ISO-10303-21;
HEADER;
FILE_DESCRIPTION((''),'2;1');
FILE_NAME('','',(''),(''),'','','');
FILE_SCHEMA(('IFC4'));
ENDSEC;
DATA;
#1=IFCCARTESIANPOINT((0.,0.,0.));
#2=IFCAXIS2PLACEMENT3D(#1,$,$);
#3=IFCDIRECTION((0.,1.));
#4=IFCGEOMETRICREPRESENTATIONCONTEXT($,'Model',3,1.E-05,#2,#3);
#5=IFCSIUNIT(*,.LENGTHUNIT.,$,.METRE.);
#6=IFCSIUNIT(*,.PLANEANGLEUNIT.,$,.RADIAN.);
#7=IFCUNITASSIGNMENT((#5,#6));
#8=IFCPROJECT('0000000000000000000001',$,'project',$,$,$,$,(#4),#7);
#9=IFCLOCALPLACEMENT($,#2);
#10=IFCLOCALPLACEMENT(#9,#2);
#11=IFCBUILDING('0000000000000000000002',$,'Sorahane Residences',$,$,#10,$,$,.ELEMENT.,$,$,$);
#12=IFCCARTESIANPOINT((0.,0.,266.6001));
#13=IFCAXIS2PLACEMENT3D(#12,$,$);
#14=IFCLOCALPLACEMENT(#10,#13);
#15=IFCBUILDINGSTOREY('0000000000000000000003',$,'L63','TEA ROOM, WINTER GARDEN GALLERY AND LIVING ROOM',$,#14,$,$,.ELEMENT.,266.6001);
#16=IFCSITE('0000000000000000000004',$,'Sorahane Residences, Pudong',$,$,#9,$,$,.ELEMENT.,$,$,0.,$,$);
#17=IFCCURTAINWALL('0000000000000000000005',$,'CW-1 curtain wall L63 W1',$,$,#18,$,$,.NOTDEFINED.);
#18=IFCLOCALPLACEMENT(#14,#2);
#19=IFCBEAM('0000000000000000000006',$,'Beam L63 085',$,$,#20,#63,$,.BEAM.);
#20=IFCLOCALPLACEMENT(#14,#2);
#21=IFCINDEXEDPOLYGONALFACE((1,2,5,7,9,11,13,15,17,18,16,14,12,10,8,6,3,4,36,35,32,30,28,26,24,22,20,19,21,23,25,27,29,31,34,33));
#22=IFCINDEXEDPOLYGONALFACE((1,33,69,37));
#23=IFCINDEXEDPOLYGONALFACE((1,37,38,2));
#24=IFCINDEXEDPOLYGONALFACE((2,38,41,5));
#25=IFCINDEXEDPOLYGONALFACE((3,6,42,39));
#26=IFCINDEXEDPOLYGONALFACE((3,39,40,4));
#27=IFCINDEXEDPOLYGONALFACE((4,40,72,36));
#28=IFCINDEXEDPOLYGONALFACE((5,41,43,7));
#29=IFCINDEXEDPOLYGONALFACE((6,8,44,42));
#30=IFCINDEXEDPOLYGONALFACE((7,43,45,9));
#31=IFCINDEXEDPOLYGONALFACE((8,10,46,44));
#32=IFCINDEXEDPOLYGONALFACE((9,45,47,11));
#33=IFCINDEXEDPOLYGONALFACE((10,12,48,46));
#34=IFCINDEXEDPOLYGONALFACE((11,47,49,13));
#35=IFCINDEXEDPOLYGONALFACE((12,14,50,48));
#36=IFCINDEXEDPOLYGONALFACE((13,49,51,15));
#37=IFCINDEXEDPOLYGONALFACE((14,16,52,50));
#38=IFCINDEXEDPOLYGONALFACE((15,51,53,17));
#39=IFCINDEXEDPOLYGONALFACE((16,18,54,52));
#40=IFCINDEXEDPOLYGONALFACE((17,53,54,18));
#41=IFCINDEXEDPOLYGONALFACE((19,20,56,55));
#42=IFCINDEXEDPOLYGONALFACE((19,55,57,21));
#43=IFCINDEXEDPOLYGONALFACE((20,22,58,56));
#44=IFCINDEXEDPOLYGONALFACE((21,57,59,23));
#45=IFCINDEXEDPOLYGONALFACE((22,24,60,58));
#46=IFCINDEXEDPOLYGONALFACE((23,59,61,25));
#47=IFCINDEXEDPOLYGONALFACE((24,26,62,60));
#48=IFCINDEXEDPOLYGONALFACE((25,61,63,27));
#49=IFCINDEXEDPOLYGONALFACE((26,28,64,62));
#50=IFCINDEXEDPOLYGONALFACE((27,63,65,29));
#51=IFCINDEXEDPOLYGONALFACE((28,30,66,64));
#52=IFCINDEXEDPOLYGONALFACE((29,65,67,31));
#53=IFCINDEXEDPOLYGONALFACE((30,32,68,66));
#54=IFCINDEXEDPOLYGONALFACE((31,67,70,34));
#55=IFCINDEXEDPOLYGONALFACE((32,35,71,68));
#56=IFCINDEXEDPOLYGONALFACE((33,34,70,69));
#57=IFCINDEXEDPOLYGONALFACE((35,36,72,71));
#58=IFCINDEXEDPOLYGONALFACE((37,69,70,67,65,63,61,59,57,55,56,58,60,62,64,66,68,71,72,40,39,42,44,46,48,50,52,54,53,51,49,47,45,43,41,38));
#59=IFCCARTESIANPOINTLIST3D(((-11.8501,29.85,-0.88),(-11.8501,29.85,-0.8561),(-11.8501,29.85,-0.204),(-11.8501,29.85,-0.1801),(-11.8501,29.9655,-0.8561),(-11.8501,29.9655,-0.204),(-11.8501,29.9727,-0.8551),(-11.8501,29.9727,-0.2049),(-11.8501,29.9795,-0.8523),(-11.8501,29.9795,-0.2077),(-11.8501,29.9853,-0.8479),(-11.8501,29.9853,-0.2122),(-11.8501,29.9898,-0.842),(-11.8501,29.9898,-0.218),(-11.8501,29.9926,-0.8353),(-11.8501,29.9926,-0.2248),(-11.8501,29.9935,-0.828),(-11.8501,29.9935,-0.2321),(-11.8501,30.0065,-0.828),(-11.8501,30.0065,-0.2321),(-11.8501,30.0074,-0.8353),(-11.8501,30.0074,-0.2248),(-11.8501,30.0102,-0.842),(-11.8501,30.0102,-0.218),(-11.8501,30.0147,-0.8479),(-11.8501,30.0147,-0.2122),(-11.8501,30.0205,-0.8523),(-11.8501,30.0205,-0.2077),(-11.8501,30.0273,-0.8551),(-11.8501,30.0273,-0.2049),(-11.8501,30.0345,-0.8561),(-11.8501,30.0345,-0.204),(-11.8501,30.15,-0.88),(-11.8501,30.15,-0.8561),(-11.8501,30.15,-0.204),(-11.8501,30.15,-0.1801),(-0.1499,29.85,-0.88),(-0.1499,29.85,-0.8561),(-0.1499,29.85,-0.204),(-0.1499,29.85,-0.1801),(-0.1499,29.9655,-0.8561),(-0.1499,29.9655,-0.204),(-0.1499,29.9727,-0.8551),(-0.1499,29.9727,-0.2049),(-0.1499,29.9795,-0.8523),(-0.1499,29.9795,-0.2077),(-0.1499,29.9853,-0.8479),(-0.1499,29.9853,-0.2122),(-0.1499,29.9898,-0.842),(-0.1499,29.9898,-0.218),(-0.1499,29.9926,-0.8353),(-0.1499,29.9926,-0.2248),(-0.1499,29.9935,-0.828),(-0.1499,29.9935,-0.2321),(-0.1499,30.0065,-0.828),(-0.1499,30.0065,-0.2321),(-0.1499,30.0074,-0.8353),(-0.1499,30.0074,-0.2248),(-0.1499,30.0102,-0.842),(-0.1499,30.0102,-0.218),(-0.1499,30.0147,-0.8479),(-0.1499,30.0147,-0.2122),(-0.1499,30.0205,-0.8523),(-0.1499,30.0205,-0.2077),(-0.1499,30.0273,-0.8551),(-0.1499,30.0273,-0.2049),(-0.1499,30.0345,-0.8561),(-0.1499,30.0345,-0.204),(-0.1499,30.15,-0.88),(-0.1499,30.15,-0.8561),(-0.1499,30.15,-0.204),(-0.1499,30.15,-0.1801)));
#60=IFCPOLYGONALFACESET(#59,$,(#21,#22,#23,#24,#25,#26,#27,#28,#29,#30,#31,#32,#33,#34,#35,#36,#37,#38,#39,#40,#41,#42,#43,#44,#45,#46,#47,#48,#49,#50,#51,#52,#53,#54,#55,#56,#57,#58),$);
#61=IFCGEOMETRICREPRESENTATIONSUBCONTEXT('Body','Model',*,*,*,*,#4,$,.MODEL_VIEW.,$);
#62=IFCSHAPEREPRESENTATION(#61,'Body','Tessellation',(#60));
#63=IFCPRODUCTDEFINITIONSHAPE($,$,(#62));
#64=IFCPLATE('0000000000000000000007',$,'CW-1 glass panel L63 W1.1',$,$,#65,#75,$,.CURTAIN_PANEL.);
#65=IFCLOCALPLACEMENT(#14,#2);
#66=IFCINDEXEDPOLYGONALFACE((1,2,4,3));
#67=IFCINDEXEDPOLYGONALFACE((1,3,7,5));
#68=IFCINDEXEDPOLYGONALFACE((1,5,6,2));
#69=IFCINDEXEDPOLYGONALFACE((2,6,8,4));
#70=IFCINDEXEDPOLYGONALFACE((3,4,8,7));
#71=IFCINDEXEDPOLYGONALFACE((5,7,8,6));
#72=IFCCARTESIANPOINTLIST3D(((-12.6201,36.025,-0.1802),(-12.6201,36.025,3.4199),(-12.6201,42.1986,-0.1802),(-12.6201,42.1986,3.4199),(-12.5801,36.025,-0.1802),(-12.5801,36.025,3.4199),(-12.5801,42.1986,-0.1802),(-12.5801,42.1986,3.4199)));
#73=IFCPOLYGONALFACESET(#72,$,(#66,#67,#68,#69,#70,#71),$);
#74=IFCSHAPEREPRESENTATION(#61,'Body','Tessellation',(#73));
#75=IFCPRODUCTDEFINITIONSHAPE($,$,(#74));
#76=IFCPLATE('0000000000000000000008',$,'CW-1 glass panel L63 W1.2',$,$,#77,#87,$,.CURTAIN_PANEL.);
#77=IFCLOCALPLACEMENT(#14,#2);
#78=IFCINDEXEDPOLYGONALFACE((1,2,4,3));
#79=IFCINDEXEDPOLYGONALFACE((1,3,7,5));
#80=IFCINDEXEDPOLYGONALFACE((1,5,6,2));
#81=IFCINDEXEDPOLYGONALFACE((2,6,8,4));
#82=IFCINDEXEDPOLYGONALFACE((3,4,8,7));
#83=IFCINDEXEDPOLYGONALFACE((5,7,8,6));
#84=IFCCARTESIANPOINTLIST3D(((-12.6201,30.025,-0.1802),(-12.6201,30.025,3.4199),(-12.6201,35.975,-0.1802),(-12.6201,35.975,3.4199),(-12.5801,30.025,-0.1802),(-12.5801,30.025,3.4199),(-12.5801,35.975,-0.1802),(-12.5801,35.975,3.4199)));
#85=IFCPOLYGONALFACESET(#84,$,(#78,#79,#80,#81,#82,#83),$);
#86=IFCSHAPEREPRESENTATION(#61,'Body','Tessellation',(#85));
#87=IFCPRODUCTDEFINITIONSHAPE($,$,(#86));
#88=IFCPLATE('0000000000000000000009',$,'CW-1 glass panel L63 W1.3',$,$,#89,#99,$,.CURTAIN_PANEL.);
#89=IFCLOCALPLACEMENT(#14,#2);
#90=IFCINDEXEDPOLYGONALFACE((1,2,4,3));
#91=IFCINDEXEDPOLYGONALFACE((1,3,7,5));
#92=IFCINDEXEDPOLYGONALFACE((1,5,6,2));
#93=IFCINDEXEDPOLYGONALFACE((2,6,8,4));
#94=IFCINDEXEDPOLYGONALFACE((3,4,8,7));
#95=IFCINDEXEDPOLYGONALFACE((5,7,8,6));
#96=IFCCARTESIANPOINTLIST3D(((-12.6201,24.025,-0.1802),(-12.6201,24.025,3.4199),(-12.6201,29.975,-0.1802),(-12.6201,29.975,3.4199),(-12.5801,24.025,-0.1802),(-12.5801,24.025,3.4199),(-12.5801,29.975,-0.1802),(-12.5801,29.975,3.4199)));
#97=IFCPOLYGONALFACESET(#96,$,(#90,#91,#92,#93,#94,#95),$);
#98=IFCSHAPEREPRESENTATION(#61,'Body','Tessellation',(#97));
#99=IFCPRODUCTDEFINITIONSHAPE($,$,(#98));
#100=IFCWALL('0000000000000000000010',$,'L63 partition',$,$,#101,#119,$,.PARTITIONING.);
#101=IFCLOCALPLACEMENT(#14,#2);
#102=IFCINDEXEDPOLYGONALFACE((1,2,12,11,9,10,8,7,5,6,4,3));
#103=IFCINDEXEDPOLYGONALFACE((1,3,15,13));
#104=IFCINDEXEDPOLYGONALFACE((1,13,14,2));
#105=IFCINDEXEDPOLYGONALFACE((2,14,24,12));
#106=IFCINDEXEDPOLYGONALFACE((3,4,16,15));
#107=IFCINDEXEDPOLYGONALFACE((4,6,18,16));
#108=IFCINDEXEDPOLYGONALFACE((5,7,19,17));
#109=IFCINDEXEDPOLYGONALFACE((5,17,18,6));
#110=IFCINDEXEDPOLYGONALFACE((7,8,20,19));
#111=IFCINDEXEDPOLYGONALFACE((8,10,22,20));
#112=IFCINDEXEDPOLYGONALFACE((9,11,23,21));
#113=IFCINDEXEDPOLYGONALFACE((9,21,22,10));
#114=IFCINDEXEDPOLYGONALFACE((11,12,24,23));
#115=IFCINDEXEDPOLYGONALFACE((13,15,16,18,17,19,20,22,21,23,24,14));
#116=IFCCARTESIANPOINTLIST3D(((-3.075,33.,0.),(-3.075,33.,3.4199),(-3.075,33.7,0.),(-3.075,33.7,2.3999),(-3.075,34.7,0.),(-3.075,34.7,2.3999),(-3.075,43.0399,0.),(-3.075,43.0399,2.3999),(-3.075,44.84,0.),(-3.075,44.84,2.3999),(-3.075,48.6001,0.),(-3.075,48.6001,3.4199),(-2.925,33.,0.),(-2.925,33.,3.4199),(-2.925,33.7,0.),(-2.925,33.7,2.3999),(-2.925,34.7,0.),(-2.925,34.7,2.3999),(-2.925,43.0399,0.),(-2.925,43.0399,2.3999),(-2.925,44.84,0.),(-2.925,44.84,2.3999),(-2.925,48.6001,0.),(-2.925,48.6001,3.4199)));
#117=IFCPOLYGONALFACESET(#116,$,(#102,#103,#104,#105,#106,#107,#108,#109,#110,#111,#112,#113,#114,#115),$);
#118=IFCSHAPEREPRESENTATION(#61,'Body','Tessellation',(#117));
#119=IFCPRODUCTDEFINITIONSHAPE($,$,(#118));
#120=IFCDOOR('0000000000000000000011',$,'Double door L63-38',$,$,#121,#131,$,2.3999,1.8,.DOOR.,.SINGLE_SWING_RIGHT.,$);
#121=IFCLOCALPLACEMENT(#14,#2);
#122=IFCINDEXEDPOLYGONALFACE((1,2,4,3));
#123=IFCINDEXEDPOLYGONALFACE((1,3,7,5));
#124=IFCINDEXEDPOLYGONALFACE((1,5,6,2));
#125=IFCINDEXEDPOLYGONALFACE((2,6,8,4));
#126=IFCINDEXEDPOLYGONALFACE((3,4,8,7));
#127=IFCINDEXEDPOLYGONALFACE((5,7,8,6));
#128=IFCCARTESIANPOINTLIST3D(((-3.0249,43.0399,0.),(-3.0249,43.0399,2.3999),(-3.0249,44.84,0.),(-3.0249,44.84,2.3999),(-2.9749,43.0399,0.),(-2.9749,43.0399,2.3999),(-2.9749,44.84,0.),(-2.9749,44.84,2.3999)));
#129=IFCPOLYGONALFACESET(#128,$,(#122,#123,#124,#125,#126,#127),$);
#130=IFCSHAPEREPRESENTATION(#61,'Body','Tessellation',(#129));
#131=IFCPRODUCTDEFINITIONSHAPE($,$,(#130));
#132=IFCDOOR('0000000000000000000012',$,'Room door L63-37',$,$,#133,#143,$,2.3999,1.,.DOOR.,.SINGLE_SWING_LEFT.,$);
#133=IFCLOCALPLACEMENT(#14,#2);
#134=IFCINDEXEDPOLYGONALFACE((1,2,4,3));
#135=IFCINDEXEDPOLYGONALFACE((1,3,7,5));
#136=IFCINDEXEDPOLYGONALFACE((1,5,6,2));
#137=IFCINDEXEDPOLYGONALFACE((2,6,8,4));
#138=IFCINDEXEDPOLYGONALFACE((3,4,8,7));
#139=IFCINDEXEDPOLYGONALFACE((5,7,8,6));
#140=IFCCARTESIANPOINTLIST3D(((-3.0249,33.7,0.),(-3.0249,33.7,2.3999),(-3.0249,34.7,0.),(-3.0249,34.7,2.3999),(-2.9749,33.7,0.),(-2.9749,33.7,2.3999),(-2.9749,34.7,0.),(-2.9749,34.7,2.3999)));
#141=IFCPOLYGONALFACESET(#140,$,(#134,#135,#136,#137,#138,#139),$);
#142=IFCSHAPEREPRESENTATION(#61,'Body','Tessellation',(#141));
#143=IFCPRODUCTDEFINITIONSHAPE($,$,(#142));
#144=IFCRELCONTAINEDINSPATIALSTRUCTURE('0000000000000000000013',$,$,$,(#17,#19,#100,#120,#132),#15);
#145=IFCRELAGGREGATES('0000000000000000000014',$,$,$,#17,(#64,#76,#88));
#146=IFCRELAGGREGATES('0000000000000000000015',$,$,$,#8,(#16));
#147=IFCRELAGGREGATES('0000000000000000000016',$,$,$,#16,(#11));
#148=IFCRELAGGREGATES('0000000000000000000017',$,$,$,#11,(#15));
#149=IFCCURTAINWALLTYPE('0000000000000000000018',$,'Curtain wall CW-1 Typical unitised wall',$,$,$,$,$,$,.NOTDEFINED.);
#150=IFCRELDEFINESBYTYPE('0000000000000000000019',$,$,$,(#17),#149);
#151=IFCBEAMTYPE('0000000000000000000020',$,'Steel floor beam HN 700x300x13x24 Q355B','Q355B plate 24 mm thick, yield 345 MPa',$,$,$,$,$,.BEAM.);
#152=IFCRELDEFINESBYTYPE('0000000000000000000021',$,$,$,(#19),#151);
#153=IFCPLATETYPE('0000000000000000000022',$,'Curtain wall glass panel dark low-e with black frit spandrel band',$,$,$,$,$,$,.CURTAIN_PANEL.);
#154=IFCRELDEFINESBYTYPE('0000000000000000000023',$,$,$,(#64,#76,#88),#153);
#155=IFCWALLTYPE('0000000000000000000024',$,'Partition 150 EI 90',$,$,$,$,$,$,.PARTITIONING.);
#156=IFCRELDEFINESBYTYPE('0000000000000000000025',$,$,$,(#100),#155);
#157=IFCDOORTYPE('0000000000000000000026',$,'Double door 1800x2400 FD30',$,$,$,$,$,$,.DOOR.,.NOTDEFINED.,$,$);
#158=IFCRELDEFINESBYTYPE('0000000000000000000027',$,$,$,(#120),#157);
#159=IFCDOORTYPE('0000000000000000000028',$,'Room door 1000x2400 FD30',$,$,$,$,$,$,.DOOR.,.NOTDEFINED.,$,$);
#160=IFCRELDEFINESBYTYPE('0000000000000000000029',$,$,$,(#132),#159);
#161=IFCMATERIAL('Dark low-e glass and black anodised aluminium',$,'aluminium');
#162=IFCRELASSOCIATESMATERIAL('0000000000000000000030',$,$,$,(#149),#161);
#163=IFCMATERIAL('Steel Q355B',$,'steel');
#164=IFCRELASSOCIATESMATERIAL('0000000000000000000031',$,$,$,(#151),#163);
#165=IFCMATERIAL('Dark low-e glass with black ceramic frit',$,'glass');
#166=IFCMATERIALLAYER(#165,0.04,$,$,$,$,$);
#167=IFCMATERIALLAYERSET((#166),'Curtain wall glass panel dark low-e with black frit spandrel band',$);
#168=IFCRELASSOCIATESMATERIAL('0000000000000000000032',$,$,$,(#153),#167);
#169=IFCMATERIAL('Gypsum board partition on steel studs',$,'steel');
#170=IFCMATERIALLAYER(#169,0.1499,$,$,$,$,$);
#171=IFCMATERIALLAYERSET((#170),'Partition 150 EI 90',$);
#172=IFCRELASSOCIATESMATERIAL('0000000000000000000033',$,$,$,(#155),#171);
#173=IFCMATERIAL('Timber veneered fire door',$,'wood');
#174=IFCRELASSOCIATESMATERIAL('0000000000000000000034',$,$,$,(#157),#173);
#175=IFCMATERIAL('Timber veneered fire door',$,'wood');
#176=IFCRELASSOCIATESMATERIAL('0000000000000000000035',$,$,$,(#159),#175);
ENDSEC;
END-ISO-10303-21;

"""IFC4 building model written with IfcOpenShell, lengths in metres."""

from ifc_helpers import new_model, si_unit, direction, frame, frame_2d, origin, origin_2d, place, context, subcontext, project, spatial, rectangle, i_section, extrude, material, layer, layer_set, material_profile, profile_set, type_object, element, fill, aggregate, save


model = new_model("IFC4")

# Units and contexts
model_context = context("Model", 3, precision=1e-05, world=origin(), true_north=direction((0.0, 1.0)))
body_context = subcontext(model_context, "Body", "Model", "MODEL_VIEW")
ifc_project = project(units=[si_unit("LENGTHUNIT", "METRE"), si_unit("PLANEANGLEUNIT", "RADIAN")], contexts=[model_context])

# Site, building, storey
site_placement = place(None, origin())
site = spatial("IfcSite", under=ifc_project, at=site_placement, Name="Sorahane Residences, Pudong", CompositionType="ELEMENT", RefElevation=0.0)
building_placement = place(site_placement, origin())
building = spatial("IfcBuilding", under=site, at=building_placement, Name="Sorahane Residences", CompositionType="ELEMENT")
storey_placement = place(building_placement, frame((0.0, 0.0, 266.6001)))
storey = spatial("IfcBuildingStorey", under=building, at=storey_placement, Name="L63", Description="TEA ROOM, WINTER GARDEN GALLERY AND LIVING ROOM", CompositionType="ELEMENT", Elevation=266.6001)

# Curtain wall
ifc_material_1 = material(Name="Dark low-e glass and black anodised aluminium", Category="aluminium")
curtain_wall_type = type_object("IfcCurtainWallType", Name="Curtain wall CW-1 Typical unitised wall", PredefinedType="NOTDEFINED", material=ifc_material_1)
curtain_wall_placement = place(storey_placement, origin())
curtain_wall = element("IfcCurtainWall", 1, at=curtain_wall_placement, inside=storey, type_object=curtain_wall_type, Name="CW-1 curtain wall L63 W1", PredefinedType="NOTDEFINED")

# Beam
ifc_material_2 = material(Name="Steel Q355B", Category="steel")
ifc_material_profile_1 = material_profile(ifc_material_2, i_section(OverallWidth=0.3, OverallDepth=0.7, WebThickness=0.0129, FlangeThickness=0.0239, FilletRadius=0.0281, at=origin_2d()), Name="HN 700x300x13x24")
ifc_profile_set_1 = profile_set([ifc_material_profile_1], Name="Steel Q355B")
beam_type_1 = type_object("IfcBeamType", Name="Steel floor beam HN 700x300x13x24 Q355B", Description="Q355B plate 24 mm thick, yield 345 MPa", PredefinedType="BEAM", material=ifc_profile_set_1)
beam_1_placement = place(storey_placement, frame((-11.8501, 30.0, -0.53), z_axis=(1.0, 0.0, 0.0), x_axis=(0.0, 1.0, 0.0)))
element("IfcBeam", 2, at=beam_1_placement, inside=storey, type_object=beam_type_1, Name="Beam L63 085", PredefinedType="BEAM", context=body_context, shape_type="SweptSolid", body=[
    extrude(i_section(OverallWidth=0.3, OverallDepth=0.7, WebThickness=0.0129, FlangeThickness=0.0239, FilletRadius=0.0281, at=origin_2d()), origin(), (0.0, 0.0, 1.0), 11.7002),
])

# Plates
ifc_material_3 = material(Name="Dark low-e glass with black ceramic frit", Category="glass")
ifc_layer_1 = layer(ifc_material_3, 0.04)
ifc_layer_set_1 = layer_set([ifc_layer_1], Name="Curtain wall glass panel dark low-e with black frit spandrel band")
plate_type = type_object("IfcPlateType", Name="Curtain wall glass panel dark low-e with black frit spandrel band", PredefinedType="CURTAIN_PANEL", material=ifc_layer_set_1)
plate_1_placement = place(storey_placement, frame((-12.6001, 39.1118, -0.1802), z_axis=(0.0, 0.0, 1.0), x_axis=(0.0, -1.0, 0.0)))
plate_1 = element("IfcPlate", 3, at=plate_1_placement, type_object=plate_type, Name="CW-1 glass panel L63 W1.1", PredefinedType="CURTAIN_PANEL", context=body_context, shape_type="SweptSolid", body=[
    extrude(rectangle(XDim=6.1736, YDim=0.04, at=origin_2d()), origin(), (0.0, 0.0, 1.0), 3.6001),
])
plate_2_placement = place(storey_placement, frame((-12.6001, 33.0, -0.1802), z_axis=(0.0, 0.0, 1.0), x_axis=(0.0, -1.0, 0.0)))
plate_2 = element("IfcPlate", 4, at=plate_2_placement, type_object=plate_type, Name="CW-1 glass panel L63 W1.2", PredefinedType="CURTAIN_PANEL", context=body_context, shape_type="SweptSolid", body=[
    extrude(rectangle(XDim=5.95, YDim=0.04, at=origin_2d()), origin(), (0.0, 0.0, 1.0), 3.6001),
])
plate_3_placement = place(storey_placement, frame((-12.6001, 27.0, -0.1802), z_axis=(0.0, 0.0, 1.0), x_axis=(0.0, -1.0, 0.0)))
plate_3 = element("IfcPlate", 5, at=plate_3_placement, type_object=plate_type, Name="CW-1 glass panel L63 W1.3", PredefinedType="CURTAIN_PANEL", context=body_context, shape_type="SweptSolid", body=[
    extrude(rectangle(XDim=5.95, YDim=0.04, at=origin_2d()), origin(), (0.0, 0.0, 1.0), 3.6001),
])
aggregate(curtain_wall, [plate_1, plate_2, plate_3])

# Wall, openings, doors
ifc_material_4 = material(Name="Gypsum board partition on steel studs", Category="steel")
ifc_layer_2 = layer(ifc_material_4, 0.1499)
ifc_layer_set_2 = layer_set([ifc_layer_2], Name="Partition 150 EI 90")
wall_type_1 = type_object("IfcWallType", Name="Partition 150 EI 90", PredefinedType="PARTITIONING", material=ifc_layer_set_2)
wall_1_placement = place(storey_placement, frame((-3.0, 33.0, 0.0), z_axis=(0.0, 0.0, 1.0), x_axis=(0.0, 1.0, 0.0)))
wall_1 = element("IfcWall", 6, at=wall_1_placement, inside=storey, type_object=wall_type_1, Name="L63 partition", PredefinedType="PARTITIONING", context=body_context, shape_type="SweptSolid", body=[
    extrude(rectangle(XDim=15.6001, YDim=0.1499, at=frame_2d((7.8, 0.0))), origin(), (0.0, 0.0, 1.0), 3.4199),
])
opening_1_placement = place(wall_1_placement, frame((0.7, 0.0, 0.0)))
opening_1 = element("IfcOpeningElement", 7, at=opening_1_placement, cuts=wall_1, PredefinedType="OPENING", context=body_context, shape_type="SweptSolid", body=[
    extrude(rectangle(XDim=1.0, YDim=2.3999, at=frame_2d((0.5, 1.2))), frame((0.0, 0.085, 0.0), z_axis=(0.0, -1.0, 0.0), x_axis=(1.0, 0.0, 0.0)), (0.0, 0.0, 1.0), 0.1699),
])
opening_2_placement = place(wall_1_placement, frame((10.04, 0.0, 0.0)))
opening_2 = element("IfcOpeningElement", 8, at=opening_2_placement, cuts=wall_1, PredefinedType="OPENING", context=body_context, shape_type="SweptSolid", body=[
    extrude(rectangle(XDim=1.8, YDim=2.3999, at=frame_2d((0.8999, 1.2))), frame((0.0, 0.085, 0.0), z_axis=(0.0, -1.0, 0.0), x_axis=(1.0, 0.0, 0.0)), (0.0, 0.0, 1.0), 0.1699),
])
ifc_material_5 = material(Name="Timber veneered fire door", Category="wood")
door_type_1 = type_object("IfcDoorType", Name="Double door 1800x2400 FD30", OperationType="NOTDEFINED", PredefinedType="DOOR", material=ifc_material_5)
door_1_placement = place(opening_2_placement, origin())
door_1 = element("IfcDoor", 9, at=door_1_placement, inside=storey, type_object=door_type_1, Name="Double door L63-38", OperationType="SINGLE_SWING_RIGHT", OverallHeight=2.3999, OverallWidth=1.8, PredefinedType="DOOR", context=body_context, shape_type="SweptSolid", body=[
    extrude(rectangle(XDim=1.8, YDim=2.3999, at=frame_2d((0.8999, 1.2))), frame((0.0, 0.0249, 0.0), z_axis=(0.0, -1.0, 0.0), x_axis=(1.0, 0.0, 0.0)), (0.0, 0.0, 1.0), 0.05),
])
fill(opening_2, door_1)
ifc_material_6 = material(Name="Timber veneered fire door", Category="wood")
door_type_2 = type_object("IfcDoorType", Name="Room door 1000x2400 FD30", OperationType="NOTDEFINED", PredefinedType="DOOR", material=ifc_material_6)
door_2_placement = place(opening_1_placement, origin())
door_2 = element("IfcDoor", 10, at=door_2_placement, inside=storey, type_object=door_type_2, Name="Room door L63-37", OperationType="SINGLE_SWING_LEFT", OverallHeight=2.3999, OverallWidth=1.0, PredefinedType="DOOR", context=body_context, shape_type="SweptSolid", body=[
    extrude(rectangle(XDim=1.0, YDim=2.3999, at=frame_2d((0.5, 1.2))), frame((0.0, 0.0249, 0.0), z_axis=(0.0, -1.0, 0.0), x_axis=(1.0, 0.0, 0.0)), (0.0, 0.0, 1.0), 0.05),
])
fill(opening_1, door_2)

save(model, "model.ifc")
